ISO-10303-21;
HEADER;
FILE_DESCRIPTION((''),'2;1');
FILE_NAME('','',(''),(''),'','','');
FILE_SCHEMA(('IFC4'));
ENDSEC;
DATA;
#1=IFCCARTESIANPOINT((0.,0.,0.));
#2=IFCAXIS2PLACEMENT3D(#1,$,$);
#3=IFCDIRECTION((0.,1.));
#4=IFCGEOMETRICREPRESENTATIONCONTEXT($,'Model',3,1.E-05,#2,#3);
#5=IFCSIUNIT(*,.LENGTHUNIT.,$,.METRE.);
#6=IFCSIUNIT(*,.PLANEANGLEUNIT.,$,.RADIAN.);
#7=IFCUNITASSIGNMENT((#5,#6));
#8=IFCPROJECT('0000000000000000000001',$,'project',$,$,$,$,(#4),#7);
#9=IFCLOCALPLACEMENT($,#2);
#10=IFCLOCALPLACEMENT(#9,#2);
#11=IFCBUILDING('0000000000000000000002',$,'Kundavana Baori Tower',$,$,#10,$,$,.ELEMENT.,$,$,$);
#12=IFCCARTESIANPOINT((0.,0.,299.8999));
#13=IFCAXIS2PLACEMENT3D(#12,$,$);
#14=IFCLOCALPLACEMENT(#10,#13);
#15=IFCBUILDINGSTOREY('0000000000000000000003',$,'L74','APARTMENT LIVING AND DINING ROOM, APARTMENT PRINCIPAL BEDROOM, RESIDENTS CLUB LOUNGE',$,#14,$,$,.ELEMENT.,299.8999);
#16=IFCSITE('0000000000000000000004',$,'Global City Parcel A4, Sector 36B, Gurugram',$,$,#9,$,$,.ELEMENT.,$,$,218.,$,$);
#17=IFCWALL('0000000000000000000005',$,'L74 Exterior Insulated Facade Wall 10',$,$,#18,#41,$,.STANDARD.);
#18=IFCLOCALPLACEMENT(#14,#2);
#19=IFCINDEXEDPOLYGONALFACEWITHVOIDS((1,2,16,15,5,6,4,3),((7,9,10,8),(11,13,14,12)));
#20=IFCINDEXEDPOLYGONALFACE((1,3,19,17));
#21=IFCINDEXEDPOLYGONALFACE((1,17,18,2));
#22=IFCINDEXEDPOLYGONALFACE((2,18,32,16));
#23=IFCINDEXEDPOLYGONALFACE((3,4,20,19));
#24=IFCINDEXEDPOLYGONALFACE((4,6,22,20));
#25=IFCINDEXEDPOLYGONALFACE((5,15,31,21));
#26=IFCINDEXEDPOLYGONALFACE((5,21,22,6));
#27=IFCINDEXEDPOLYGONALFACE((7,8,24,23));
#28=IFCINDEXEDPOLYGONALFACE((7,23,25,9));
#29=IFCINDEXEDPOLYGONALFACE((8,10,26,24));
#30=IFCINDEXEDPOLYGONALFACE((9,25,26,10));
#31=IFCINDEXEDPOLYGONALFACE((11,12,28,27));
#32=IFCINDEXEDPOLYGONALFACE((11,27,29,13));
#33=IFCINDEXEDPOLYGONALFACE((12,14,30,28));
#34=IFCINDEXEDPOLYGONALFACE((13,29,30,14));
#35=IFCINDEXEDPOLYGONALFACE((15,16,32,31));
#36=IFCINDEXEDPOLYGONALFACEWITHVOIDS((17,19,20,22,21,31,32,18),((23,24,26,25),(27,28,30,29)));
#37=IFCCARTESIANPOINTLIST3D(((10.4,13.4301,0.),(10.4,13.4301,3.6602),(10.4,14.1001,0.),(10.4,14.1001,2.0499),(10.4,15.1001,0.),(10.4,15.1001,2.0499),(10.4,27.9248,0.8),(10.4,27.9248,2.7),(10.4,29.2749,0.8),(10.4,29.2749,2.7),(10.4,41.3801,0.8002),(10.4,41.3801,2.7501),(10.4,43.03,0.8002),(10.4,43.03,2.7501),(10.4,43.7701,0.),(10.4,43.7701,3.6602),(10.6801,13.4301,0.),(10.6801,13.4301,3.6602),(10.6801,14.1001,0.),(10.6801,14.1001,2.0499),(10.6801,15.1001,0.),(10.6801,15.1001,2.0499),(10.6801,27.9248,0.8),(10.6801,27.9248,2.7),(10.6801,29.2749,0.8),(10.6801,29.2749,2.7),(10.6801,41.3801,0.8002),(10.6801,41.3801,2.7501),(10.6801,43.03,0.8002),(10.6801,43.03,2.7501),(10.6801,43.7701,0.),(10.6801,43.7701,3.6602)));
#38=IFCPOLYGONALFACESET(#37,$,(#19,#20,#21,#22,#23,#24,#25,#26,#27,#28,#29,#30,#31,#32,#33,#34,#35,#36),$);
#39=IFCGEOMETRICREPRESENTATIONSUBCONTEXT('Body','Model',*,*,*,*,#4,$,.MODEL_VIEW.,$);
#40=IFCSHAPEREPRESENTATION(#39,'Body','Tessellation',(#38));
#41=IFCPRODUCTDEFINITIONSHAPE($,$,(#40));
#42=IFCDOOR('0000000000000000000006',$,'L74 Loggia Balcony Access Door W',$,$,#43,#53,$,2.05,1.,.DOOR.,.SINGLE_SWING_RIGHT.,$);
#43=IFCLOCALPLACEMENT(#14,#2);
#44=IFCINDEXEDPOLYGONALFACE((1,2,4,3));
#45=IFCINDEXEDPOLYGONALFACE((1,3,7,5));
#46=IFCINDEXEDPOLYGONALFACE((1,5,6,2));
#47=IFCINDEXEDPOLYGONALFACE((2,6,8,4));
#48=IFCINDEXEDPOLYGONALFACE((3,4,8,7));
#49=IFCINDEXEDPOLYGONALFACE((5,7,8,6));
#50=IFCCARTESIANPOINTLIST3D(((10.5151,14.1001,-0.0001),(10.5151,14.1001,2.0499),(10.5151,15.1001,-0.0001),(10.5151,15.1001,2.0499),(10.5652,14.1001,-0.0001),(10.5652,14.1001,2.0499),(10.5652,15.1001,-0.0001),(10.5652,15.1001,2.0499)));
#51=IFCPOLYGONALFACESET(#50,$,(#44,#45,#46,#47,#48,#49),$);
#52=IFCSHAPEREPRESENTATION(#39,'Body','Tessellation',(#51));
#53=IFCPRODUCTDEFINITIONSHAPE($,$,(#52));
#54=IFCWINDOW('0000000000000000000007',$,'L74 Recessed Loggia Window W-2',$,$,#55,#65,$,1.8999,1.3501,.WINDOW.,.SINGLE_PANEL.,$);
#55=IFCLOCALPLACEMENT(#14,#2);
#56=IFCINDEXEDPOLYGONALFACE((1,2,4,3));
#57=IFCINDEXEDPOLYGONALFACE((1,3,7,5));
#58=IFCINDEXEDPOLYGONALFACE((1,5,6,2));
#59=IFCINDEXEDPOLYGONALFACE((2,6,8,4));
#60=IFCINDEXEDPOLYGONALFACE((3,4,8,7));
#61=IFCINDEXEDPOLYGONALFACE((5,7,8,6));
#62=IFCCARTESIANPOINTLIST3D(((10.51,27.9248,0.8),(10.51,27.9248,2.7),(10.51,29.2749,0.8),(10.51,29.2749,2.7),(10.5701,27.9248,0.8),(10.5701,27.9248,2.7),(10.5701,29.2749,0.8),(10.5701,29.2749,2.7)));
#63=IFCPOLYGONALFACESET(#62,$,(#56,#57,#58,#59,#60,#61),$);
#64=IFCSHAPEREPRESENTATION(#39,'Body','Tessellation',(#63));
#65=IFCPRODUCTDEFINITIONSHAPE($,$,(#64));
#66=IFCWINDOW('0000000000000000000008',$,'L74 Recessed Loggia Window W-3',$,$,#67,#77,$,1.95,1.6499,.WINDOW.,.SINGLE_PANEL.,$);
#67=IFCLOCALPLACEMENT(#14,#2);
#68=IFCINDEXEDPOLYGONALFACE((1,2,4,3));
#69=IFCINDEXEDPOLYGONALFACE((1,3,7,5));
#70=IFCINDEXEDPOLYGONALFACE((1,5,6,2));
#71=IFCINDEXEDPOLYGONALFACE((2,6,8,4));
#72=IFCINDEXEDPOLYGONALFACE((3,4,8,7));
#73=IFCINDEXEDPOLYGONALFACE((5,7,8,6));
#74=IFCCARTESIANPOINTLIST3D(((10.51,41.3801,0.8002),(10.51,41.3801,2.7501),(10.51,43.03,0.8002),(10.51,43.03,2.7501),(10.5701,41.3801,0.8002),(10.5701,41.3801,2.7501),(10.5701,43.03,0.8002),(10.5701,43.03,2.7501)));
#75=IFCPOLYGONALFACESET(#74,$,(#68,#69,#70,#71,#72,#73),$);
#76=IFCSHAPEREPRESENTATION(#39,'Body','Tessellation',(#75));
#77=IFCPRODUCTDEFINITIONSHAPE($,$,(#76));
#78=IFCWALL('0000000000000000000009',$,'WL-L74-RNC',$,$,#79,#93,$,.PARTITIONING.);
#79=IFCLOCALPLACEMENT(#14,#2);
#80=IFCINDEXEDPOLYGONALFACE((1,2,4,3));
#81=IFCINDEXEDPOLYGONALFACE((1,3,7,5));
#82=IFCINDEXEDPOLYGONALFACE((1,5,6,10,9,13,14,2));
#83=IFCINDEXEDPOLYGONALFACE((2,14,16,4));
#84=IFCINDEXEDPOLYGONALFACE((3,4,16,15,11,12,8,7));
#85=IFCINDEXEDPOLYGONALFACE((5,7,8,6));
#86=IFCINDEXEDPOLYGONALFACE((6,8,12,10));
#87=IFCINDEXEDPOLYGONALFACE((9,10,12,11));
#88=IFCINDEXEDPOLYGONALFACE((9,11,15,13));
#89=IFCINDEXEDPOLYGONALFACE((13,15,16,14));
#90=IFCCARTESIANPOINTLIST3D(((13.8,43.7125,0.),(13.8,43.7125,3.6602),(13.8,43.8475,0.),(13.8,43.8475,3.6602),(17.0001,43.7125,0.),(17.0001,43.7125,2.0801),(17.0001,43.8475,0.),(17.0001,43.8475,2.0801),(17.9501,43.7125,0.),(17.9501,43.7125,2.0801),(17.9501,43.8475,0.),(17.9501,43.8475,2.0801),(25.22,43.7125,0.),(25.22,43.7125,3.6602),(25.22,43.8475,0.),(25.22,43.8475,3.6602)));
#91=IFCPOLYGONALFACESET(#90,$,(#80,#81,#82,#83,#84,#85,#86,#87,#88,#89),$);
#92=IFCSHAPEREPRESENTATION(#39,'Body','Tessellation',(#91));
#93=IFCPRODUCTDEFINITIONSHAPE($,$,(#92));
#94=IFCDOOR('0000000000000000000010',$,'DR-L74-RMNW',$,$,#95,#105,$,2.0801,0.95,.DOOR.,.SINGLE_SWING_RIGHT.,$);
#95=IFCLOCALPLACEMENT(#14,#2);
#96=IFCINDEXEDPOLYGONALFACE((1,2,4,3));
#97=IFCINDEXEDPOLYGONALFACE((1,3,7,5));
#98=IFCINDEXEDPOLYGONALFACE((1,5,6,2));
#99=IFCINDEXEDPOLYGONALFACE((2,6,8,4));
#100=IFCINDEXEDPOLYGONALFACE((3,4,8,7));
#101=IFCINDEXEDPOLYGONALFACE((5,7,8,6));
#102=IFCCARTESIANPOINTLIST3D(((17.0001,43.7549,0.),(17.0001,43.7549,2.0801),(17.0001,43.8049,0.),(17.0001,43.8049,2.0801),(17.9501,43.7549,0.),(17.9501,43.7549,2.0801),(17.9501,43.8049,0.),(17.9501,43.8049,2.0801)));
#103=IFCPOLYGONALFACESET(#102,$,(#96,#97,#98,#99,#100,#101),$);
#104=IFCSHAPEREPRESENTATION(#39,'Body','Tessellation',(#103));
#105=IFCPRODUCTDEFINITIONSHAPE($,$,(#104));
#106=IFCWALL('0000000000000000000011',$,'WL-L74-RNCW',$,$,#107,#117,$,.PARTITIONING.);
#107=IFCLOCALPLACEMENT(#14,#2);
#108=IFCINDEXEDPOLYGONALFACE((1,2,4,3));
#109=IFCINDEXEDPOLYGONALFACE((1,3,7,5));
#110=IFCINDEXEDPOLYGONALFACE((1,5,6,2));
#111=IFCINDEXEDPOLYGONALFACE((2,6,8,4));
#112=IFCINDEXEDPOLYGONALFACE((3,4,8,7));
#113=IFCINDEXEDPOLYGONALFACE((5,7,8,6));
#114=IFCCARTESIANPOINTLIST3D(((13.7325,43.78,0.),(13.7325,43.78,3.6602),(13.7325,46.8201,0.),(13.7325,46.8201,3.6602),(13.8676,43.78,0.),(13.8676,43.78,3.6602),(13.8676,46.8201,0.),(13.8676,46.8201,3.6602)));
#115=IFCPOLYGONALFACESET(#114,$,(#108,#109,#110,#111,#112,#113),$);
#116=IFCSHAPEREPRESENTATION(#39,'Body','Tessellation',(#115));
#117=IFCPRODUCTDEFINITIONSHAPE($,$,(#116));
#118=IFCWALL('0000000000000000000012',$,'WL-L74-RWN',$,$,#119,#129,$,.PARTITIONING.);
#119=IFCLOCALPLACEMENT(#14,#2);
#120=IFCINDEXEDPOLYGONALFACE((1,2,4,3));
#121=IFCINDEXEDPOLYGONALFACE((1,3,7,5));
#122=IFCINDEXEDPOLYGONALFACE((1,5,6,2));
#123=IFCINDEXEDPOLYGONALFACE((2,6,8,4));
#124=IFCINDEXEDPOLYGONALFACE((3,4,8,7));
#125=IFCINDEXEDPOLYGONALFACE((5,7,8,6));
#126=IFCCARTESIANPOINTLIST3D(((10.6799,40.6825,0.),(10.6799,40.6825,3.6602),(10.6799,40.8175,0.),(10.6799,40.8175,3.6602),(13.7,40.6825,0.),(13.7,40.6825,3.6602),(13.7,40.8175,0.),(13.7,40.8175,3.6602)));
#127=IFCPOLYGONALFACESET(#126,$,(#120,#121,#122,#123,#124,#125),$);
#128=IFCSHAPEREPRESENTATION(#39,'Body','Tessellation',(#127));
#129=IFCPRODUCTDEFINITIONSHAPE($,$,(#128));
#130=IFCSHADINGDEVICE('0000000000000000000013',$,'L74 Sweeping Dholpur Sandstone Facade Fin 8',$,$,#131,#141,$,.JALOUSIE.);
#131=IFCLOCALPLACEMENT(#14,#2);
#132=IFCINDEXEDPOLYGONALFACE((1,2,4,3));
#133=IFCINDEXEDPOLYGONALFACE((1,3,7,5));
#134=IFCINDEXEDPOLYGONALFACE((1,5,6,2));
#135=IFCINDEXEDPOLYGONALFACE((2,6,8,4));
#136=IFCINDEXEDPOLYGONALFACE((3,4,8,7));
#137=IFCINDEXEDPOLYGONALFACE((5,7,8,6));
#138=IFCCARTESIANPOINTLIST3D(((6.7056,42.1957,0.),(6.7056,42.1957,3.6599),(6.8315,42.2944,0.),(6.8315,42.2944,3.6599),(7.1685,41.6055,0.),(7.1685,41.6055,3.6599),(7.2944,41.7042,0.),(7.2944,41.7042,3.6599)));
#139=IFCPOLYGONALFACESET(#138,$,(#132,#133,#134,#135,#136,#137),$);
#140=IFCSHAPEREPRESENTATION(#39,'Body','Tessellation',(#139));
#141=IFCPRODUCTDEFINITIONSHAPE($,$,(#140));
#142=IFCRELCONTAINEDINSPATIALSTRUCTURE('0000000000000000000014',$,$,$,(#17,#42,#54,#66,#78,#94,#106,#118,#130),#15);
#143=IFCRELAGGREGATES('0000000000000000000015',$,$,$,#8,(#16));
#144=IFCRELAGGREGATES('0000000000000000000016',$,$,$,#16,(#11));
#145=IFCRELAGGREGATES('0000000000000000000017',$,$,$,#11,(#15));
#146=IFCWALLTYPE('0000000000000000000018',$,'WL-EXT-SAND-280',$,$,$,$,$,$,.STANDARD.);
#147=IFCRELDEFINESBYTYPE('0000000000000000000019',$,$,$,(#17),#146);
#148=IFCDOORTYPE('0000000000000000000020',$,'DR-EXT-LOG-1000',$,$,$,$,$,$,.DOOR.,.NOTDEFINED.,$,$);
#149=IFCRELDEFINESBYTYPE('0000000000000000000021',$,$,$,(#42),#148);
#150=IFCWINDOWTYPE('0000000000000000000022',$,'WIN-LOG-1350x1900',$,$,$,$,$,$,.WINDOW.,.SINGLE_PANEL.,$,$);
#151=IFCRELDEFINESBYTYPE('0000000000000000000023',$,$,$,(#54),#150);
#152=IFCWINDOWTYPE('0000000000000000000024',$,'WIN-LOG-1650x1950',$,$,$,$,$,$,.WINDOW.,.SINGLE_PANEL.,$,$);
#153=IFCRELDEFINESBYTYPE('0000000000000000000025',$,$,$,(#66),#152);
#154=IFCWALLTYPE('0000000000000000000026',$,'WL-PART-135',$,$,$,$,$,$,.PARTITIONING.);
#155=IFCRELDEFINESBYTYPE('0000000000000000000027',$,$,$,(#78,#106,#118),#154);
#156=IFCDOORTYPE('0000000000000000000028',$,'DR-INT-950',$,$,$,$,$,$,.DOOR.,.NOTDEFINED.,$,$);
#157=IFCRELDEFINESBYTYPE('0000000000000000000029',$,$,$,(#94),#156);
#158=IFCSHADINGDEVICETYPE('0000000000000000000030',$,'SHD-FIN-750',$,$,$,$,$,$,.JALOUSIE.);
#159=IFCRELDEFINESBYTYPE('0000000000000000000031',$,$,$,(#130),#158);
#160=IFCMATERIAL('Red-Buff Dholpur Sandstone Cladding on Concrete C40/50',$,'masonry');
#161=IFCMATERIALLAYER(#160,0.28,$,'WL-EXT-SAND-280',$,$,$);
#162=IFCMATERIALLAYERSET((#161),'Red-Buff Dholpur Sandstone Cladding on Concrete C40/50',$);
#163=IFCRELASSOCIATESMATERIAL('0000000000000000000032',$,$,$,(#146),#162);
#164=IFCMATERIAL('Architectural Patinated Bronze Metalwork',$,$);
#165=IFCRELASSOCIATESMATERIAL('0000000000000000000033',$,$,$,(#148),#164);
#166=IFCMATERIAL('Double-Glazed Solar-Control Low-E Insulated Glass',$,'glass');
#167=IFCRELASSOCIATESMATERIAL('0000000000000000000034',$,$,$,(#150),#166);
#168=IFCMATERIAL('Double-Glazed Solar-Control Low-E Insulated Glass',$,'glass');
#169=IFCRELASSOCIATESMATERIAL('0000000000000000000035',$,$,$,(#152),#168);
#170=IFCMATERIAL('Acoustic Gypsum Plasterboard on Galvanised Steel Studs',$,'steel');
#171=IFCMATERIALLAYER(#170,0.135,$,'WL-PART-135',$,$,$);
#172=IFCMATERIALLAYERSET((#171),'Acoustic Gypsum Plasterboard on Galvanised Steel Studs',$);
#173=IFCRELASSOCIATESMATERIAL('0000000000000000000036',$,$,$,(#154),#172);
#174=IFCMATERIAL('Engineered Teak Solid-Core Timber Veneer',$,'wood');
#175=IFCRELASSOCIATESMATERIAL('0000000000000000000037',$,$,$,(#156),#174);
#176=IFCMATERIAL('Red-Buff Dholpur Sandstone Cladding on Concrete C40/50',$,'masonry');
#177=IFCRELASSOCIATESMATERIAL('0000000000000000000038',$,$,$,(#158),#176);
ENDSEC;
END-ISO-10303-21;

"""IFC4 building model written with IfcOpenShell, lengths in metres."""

from ifc_helpers import new_model, si_unit, direction, frame, frame_2d, origin, origin_2d, place, context, subcontext, project, spatial, rectangle, extrude, material, layer, layer_set, type_object, element, fill, save


model = new_model("IFC4")

# Units and contexts
model_context = context("Model", 3, precision=1e-05, world=origin(), true_north=direction((0.0, 1.0)))
body_context = subcontext(model_context, "Body", "Model", "MODEL_VIEW")
ifc_project = project(units=[si_unit("LENGTHUNIT", "METRE"), si_unit("PLANEANGLEUNIT", "RADIAN")], contexts=[model_context])

# Site, building, storey
site_placement = place(None, origin())
site = spatial("IfcSite", under=ifc_project, at=site_placement, Name="Global City Parcel A4, Sector 36B, Gurugram", CompositionType="ELEMENT", RefElevation=218.0)
building_placement = place(site_placement, origin())
building = spatial("IfcBuilding", under=site, at=building_placement, Name="Kundavana Baori Tower", CompositionType="ELEMENT")
storey_placement = place(building_placement, frame((0.0, 0.0, 299.8999)))
storey = spatial("IfcBuildingStorey", under=building, at=storey_placement, Name="L74", Description="APARTMENT LIVING AND DINING ROOM, APARTMENT PRINCIPAL BEDROOM, RESIDENTS CLUB LOUNGE", CompositionType="ELEMENT", Elevation=299.8999)

# Shared definitions
ifc_material_1 = material(Name="Red-Buff Dholpur Sandstone Cladding on Concrete C40/50", Category="masonry")
ifc_layer_1 = layer(ifc_material_1, 0.28, Name="WL-EXT-SAND-280")
ifc_layer_set_1 = layer_set([ifc_layer_1], Name="Red-Buff Dholpur Sandstone Cladding on Concrete C40/50")
wall_type_1 = type_object("IfcWallType", Name="WL-EXT-SAND-280", PredefinedType="STANDARD", material=ifc_layer_set_1)

# Wall, openings, door, windows
wall_1_placement = place(storey_placement, frame((10.54, 43.77, 0.0), z_axis=(0.0, 0.0, 1.0), x_axis=(0.0, -1.0, 0.0)))
wall_1 = element("IfcWall", 1, at=wall_1_placement, inside=storey, type_object=wall_type_1, Name="L74 Exterior Insulated Facade Wall 10", PredefinedType="STANDARD", context=body_context, shape_type="SweptSolid", body=[
    extrude(rectangle(XDim=30.3401, YDim=0.28, at=frame_2d((15.1699, 0.0))), origin(), (0.0, 0.0, 1.0), 3.6602),
])
opening_1_placement = place(wall_1_placement, frame((28.6699, 0.0, 0.0)))
opening_1 = element("IfcOpeningElement", 2, at=opening_1_placement, cuts=wall_1, PredefinedType="OPENING", context=body_context, shape_type="SweptSolid", body=[
    extrude(rectangle(XDim=1.0, YDim=2.05, at=frame_2d((0.5, 1.0249))), frame((0.0, 0.1499, 0.0), z_axis=(0.0, -1.0, 0.0), x_axis=(1.0, 0.0, 0.0)), (0.0, 0.0, 1.0), 0.3),
])
opening_2_placement = place(wall_1_placement, frame((14.4951, 0.0, 0.8)))
opening_2 = element("IfcOpeningElement", 3, at=opening_2_placement, cuts=wall_1, PredefinedType="OPENING", context=body_context, shape_type="SweptSolid", body=[
    extrude(rectangle(XDim=1.3501, YDim=1.8999, at=frame_2d((0.675, 0.95))), frame((0.0, 0.1499, 0.0), z_axis=(0.0, -1.0, 0.0), x_axis=(1.0, 0.0, 0.0)), (0.0, 0.0, 1.0), 0.3),
])
opening_3_placement = place(wall_1_placement, frame((0.74, 0.0, 0.8)))
opening_3 = element("IfcOpeningElement", 4, at=opening_3_placement, cuts=wall_1, PredefinedType="OPENING", context=body_context, shape_type="SweptSolid", body=[
    extrude(rectangle(XDim=1.6499, YDim=1.95, at=frame_2d((0.825, 0.9751))), frame((0.0, 0.1499, 0.0), z_axis=(0.0, -1.0, 0.0), x_axis=(1.0, 0.0, 0.0)), (0.0, 0.0, 1.0), 0.3),
])
ifc_material_2 = material(Name="Architectural Patinated Bronze Metalwork")
door_type_1 = type_object("IfcDoorType", Name="DR-EXT-LOG-1000", OperationType="NOTDEFINED", PredefinedType="DOOR", material=ifc_material_2)
door_1_placement = place(opening_1_placement, frame((1.0, 0.0, 0.0), z_axis=(0.0, 0.0, 1.0), x_axis=(-1.0, 0.0, 0.0)))
door_1 = element("IfcDoor", 5, at=door_1_placement, inside=storey, type_object=door_type_1, Name="L74 Loggia Balcony Access Door W", OperationType="SINGLE_SWING_RIGHT", OverallHeight=2.05, OverallWidth=1.0, PredefinedType="DOOR", context=body_context, shape_type="SweptSolid", body=[
    extrude(rectangle(XDim=1.0, YDim=2.05, at=frame_2d((0.5, 1.0249))), frame((0.0, 0.0249, 0.0), z_axis=(0.0, -1.0, 0.0), x_axis=(1.0, 0.0, 0.0)), (0.0, 0.0, 1.0), 0.05),
])
fill(opening_1, door_1)
ifc_material_3 = material(Name="Double-Glazed Solar-Control Low-E Insulated Glass", Category="glass")
window_type_1 = type_object("IfcWindowType", Name="WIN-LOG-1350x1900", PartitioningType="SINGLE_PANEL", PredefinedType="WINDOW", material=ifc_material_3)
window_1_placement = place(opening_2_placement, origin())
window_1 = element("IfcWindow", 6, at=window_1_placement, inside=storey, type_object=window_type_1, Name="L74 Recessed Loggia Window W-2", OverallHeight=1.8999, OverallWidth=1.3501, PartitioningType="SINGLE_PANEL", PredefinedType="WINDOW", context=body_context, shape_type="SweptSolid", body=[
    extrude(rectangle(XDim=1.3501, YDim=1.8999, at=frame_2d((0.675, 0.95))), frame((0.0, 0.03, 0.0), z_axis=(0.0, -1.0, 0.0), x_axis=(1.0, 0.0, 0.0)), (0.0, 0.0, 1.0), 0.0601),
])
fill(opening_2, window_1)
ifc_material_4 = material(Name="Double-Glazed Solar-Control Low-E Insulated Glass", Category="glass")
window_type_2 = type_object("IfcWindowType", Name="WIN-LOG-1650x1950", PartitioningType="SINGLE_PANEL", PredefinedType="WINDOW", material=ifc_material_4)
window_2_placement = place(opening_3_placement, origin())
window_2 = element("IfcWindow", 7, at=window_2_placement, inside=storey, type_object=window_type_2, Name="L74 Recessed Loggia Window W-3", OverallHeight=1.95, OverallWidth=1.6499, PartitioningType="SINGLE_PANEL", PredefinedType="WINDOW", context=body_context, shape_type="SweptSolid", body=[
    extrude(rectangle(XDim=1.6499, YDim=1.95, at=frame_2d((0.825, 0.9751))), frame((0.0, 0.03, 0.0), z_axis=(0.0, -1.0, 0.0), x_axis=(1.0, 0.0, 0.0)), (0.0, 0.0, 1.0), 0.0601),
])
fill(opening_3, window_2)

# Wall, opening, door
ifc_material_5 = material(Name="Acoustic Gypsum Plasterboard on Galvanised Steel Studs", Category="steel")
ifc_layer_2 = layer(ifc_material_5, 0.135, Name="WL-PART-135")
ifc_layer_set_2 = layer_set([ifc_layer_2], Name="Acoustic Gypsum Plasterboard on Galvanised Steel Studs")
wall_type_2 = type_object("IfcWallType", Name="WL-PART-135", PredefinedType="PARTITIONING", material=ifc_layer_set_2)
wall_2_placement = place(storey_placement, frame((13.8, 43.78, 0.0), z_axis=(0.0, 0.0, 1.0), x_axis=(1.0, 0.0, 0.0)))
wall_2 = element("IfcWall", 8, at=wall_2_placement, inside=storey, type_object=wall_type_2, Name="WL-L74-RNC", PredefinedType="PARTITIONING", context=body_context, shape_type="SweptSolid", body=[
    extrude(rectangle(XDim=11.4199, YDim=0.135, at=frame_2d((5.71, 0.0))), origin(), (0.0, 0.0, 1.0), 3.6602),
])
opening_4_placement = place(wall_2_placement, frame((3.2, 0.0, 0.0)))
opening_4 = element("IfcOpeningElement", 9, at=opening_4_placement, cuts=wall_2, PredefinedType="OPENING", context=body_context, shape_type="SweptSolid", body=[
    extrude(rectangle(XDim=0.95, YDim=2.0801, at=frame_2d((0.4751, 1.04))), frame((0.0, 0.0776, 0.0), z_axis=(0.0, -1.0, 0.0), x_axis=(1.0, 0.0, 0.0)), (0.0, 0.0, 1.0), 0.155),
])
ifc_material_6 = material(Name="Engineered Teak Solid-Core Timber Veneer", Category="wood")
door_type_2 = type_object("IfcDoorType", Name="DR-INT-950", OperationType="NOTDEFINED", PredefinedType="DOOR", material=ifc_material_6)
door_2_placement = place(opening_4_placement, origin())
door_2 = element("IfcDoor", 10, at=door_2_placement, inside=storey, type_object=door_type_2, Name="DR-L74-RMNW", OperationType="SINGLE_SWING_RIGHT", OverallHeight=2.0801, OverallWidth=0.95, PredefinedType="DOOR", context=body_context, shape_type="SweptSolid", body=[
    extrude(rectangle(XDim=0.95, YDim=2.0801, at=frame_2d((0.4751, 1.04))), frame((0.0, 0.0249, 0.0), z_axis=(0.0, -1.0, 0.0), x_axis=(1.0, 0.0, 0.0)), (0.0, 0.0, 1.0), 0.05),
])
fill(opening_4, door_2)

# Walls
wall_3_placement = place(storey_placement, frame((13.8, 43.78, 0.0), z_axis=(0.0, 0.0, 1.0), x_axis=(0.0, 1.0, 0.0)))
element("IfcWall", 11, at=wall_3_placement, inside=storey, type_object=wall_type_2, Name="WL-L74-RNCW", PredefinedType="PARTITIONING", context=body_context, shape_type="SweptSolid", body=[
    extrude(rectangle(XDim=3.04, YDim=0.135, at=frame_2d((1.52, 0.0))), origin(), (0.0, 0.0, 1.0), 3.6602),
])
wall_4_placement = place(storey_placement, frame((10.6799, 40.75, 0.0), z_axis=(0.0, 0.0, 1.0), x_axis=(1.0, 0.0, 0.0)))
element("IfcWall", 12, at=wall_4_placement, inside=storey, type_object=wall_type_2, Name="WL-L74-RWN", PredefinedType="PARTITIONING", context=body_context, shape_type="SweptSolid", body=[
    extrude(rectangle(XDim=3.02, YDim=0.135, at=frame_2d((1.51, 0.0))), origin(), (0.0, 0.0, 1.0), 3.6602),
])

# Shading device
ifc_material_7 = material(Name="Red-Buff Dholpur Sandstone Cladding on Concrete C40/50", Category="masonry")
shading_device_type = type_object("IfcShadingDeviceType", Name="SHD-FIN-750", PredefinedType="JALOUSIE", material=ifc_material_7)
shading_device_placement = place(storey_placement, frame((7.0, 41.95, 0.0), z_axis=(0.0, 0.0, 1.0), x_axis=(0.786827, 0.617173, 0.0)))
element("IfcShadingDevice", 13, at=shading_device_placement, inside=storey, type_object=shading_device_type, Name="L74 Sweeping Dholpur Sandstone Facade Fin 8", PredefinedType="JALOUSIE", context=body_context, shape_type="SweptSolid", body=[
    extrude(rectangle(XDim=0.1599, YDim=0.75, at=origin_2d()), origin(), (0.0, 0.0, 1.0), 3.6599),
])

save(model, "model.ifc")
